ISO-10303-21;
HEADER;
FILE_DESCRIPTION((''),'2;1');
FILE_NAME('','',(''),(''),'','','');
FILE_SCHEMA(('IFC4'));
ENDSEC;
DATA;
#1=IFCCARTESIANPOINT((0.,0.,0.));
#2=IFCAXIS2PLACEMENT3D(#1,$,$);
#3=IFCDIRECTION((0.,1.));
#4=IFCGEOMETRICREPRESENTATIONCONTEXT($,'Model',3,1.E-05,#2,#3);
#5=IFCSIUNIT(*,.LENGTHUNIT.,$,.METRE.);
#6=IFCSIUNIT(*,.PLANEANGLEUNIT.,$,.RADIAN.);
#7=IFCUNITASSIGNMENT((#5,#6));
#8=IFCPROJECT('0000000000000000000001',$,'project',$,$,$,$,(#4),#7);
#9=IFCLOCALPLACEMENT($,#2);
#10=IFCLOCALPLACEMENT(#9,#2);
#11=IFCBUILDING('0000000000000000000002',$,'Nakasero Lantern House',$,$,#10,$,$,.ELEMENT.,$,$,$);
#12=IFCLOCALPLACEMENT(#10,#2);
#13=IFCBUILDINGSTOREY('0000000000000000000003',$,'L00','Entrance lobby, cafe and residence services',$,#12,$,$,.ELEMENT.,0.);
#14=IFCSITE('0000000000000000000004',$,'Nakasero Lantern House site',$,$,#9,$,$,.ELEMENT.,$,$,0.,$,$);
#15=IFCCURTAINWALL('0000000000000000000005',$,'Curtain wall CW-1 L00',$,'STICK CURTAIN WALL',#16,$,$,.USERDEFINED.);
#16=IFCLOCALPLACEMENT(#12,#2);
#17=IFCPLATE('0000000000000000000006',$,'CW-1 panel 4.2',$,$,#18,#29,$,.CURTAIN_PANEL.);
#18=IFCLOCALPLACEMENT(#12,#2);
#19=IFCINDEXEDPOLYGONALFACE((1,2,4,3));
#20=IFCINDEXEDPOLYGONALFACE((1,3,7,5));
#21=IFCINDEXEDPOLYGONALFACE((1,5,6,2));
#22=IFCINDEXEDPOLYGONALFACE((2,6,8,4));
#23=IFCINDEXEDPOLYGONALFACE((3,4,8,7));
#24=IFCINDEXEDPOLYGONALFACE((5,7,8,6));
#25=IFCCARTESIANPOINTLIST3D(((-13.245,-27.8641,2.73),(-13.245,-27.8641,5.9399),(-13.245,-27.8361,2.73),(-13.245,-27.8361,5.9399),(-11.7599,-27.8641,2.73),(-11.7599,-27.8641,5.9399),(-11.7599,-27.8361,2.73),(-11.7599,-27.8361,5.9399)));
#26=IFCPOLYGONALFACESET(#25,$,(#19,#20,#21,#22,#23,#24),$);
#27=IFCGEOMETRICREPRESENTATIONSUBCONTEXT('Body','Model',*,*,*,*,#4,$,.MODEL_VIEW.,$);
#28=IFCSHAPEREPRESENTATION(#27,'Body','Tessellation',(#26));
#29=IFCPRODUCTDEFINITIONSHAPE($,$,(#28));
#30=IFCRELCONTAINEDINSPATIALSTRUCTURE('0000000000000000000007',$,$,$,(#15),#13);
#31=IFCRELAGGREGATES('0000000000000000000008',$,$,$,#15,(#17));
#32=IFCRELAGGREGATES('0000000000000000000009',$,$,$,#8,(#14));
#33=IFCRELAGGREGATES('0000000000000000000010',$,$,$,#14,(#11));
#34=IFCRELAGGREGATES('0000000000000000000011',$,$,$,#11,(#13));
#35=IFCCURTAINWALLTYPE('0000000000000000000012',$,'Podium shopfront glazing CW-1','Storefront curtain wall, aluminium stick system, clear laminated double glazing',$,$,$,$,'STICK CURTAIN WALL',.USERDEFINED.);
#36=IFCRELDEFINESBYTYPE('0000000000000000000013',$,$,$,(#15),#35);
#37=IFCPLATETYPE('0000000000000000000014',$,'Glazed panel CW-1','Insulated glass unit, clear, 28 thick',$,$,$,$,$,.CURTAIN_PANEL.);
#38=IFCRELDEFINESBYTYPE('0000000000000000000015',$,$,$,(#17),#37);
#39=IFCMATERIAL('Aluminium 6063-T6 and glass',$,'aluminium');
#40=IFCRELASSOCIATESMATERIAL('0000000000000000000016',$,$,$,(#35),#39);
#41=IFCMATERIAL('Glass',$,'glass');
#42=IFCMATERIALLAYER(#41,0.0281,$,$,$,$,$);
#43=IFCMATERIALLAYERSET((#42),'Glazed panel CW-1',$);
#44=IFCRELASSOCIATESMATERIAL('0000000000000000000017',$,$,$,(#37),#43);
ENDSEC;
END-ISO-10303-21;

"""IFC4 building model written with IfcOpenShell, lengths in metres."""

from ifc_helpers import new_model, si_unit, direction, frame, origin, origin_2d, place, context, subcontext, project, spatial, rectangle, extrude, material, layer, layer_set, type_object, element, aggregate, save


model = new_model("IFC4")

# Units and contexts
model_context = context("Model", 3, precision=1e-05, world=origin(), true_north=direction((0.0, 1.0)))
body_context = subcontext(model_context, "Body", "Model", "MODEL_VIEW")
ifc_project = project(units=[si_unit("LENGTHUNIT", "METRE"), si_unit("PLANEANGLEUNIT", "RADIAN")], contexts=[model_context])

# Site, building, storey
site_placement = place(None, origin())
site = spatial("IfcSite", under=ifc_project, at=site_placement, Name="Nakasero Lantern House site", CompositionType="ELEMENT", RefElevation=0.0)
building_placement = place(site_placement, origin())
building = spatial("IfcBuilding", under=site, at=building_placement, Name="Nakasero Lantern House", CompositionType="ELEMENT")
storey_placement = place(building_placement, origin())
storey = spatial("IfcBuildingStorey", under=building, at=storey_placement, Name="L00", Description="Entrance lobby, cafe and residence services", CompositionType="ELEMENT", Elevation=0.0)

# Shared definitions
ifc_material_1 = material(Name="Aluminium 6063-T6 and glass", Category="aluminium")
curtain_wall_type = type_object("IfcCurtainWallType", Name="Podium shopfront glazing CW-1", Description="Storefront curtain wall, aluminium stick system, clear laminated double glazing", ElementType="STICK CURTAIN WALL", PredefinedType="USERDEFINED", material=ifc_material_1)

# Curtain wall
curtain_wall_1_placement = place(storey_placement, origin())
curtain_wall_1 = element("IfcCurtainWall", 1, at=curtain_wall_1_placement, inside=storey, type_object=curtain_wall_type, Name="Curtain wall CW-1 L00", ObjectType="STICK CURTAIN WALL", PredefinedType="USERDEFINED")

# Plate
ifc_material_2 = material(Name="Glass", Category="glass")
ifc_layer_1 = layer(ifc_material_2, 0.0281)
ifc_layer_set_1 = layer_set([ifc_layer_1], Name="Glazed panel CW-1")
plate_type = type_object("IfcPlateType", Name="Glazed panel CW-1", Description="Insulated glass unit, clear, 28 thick", PredefinedType="CURTAIN_PANEL", material=ifc_layer_set_1)
plate_1_placement = place(storey_placement, frame((-12.5024, -27.8501, 2.73), z_axis=(0.0, 0.0, 1.0), x_axis=(1.0, 0.0, 0.0)))
plate_1 = element("IfcPlate", 2, at=plate_1_placement, type_object=plate_type, Name="CW-1 panel 4.2", PredefinedType="CURTAIN_PANEL", context=body_context, shape_type="SweptSolid", body=[
    extrude(rectangle(XDim=1.4851, YDim=0.0281, at=origin_2d()), origin(), (0.0, 0.0, 1.0), 3.21),
])
aggregate(curtain_wall_1, [plate_1])

save(model, "model.ifc")
